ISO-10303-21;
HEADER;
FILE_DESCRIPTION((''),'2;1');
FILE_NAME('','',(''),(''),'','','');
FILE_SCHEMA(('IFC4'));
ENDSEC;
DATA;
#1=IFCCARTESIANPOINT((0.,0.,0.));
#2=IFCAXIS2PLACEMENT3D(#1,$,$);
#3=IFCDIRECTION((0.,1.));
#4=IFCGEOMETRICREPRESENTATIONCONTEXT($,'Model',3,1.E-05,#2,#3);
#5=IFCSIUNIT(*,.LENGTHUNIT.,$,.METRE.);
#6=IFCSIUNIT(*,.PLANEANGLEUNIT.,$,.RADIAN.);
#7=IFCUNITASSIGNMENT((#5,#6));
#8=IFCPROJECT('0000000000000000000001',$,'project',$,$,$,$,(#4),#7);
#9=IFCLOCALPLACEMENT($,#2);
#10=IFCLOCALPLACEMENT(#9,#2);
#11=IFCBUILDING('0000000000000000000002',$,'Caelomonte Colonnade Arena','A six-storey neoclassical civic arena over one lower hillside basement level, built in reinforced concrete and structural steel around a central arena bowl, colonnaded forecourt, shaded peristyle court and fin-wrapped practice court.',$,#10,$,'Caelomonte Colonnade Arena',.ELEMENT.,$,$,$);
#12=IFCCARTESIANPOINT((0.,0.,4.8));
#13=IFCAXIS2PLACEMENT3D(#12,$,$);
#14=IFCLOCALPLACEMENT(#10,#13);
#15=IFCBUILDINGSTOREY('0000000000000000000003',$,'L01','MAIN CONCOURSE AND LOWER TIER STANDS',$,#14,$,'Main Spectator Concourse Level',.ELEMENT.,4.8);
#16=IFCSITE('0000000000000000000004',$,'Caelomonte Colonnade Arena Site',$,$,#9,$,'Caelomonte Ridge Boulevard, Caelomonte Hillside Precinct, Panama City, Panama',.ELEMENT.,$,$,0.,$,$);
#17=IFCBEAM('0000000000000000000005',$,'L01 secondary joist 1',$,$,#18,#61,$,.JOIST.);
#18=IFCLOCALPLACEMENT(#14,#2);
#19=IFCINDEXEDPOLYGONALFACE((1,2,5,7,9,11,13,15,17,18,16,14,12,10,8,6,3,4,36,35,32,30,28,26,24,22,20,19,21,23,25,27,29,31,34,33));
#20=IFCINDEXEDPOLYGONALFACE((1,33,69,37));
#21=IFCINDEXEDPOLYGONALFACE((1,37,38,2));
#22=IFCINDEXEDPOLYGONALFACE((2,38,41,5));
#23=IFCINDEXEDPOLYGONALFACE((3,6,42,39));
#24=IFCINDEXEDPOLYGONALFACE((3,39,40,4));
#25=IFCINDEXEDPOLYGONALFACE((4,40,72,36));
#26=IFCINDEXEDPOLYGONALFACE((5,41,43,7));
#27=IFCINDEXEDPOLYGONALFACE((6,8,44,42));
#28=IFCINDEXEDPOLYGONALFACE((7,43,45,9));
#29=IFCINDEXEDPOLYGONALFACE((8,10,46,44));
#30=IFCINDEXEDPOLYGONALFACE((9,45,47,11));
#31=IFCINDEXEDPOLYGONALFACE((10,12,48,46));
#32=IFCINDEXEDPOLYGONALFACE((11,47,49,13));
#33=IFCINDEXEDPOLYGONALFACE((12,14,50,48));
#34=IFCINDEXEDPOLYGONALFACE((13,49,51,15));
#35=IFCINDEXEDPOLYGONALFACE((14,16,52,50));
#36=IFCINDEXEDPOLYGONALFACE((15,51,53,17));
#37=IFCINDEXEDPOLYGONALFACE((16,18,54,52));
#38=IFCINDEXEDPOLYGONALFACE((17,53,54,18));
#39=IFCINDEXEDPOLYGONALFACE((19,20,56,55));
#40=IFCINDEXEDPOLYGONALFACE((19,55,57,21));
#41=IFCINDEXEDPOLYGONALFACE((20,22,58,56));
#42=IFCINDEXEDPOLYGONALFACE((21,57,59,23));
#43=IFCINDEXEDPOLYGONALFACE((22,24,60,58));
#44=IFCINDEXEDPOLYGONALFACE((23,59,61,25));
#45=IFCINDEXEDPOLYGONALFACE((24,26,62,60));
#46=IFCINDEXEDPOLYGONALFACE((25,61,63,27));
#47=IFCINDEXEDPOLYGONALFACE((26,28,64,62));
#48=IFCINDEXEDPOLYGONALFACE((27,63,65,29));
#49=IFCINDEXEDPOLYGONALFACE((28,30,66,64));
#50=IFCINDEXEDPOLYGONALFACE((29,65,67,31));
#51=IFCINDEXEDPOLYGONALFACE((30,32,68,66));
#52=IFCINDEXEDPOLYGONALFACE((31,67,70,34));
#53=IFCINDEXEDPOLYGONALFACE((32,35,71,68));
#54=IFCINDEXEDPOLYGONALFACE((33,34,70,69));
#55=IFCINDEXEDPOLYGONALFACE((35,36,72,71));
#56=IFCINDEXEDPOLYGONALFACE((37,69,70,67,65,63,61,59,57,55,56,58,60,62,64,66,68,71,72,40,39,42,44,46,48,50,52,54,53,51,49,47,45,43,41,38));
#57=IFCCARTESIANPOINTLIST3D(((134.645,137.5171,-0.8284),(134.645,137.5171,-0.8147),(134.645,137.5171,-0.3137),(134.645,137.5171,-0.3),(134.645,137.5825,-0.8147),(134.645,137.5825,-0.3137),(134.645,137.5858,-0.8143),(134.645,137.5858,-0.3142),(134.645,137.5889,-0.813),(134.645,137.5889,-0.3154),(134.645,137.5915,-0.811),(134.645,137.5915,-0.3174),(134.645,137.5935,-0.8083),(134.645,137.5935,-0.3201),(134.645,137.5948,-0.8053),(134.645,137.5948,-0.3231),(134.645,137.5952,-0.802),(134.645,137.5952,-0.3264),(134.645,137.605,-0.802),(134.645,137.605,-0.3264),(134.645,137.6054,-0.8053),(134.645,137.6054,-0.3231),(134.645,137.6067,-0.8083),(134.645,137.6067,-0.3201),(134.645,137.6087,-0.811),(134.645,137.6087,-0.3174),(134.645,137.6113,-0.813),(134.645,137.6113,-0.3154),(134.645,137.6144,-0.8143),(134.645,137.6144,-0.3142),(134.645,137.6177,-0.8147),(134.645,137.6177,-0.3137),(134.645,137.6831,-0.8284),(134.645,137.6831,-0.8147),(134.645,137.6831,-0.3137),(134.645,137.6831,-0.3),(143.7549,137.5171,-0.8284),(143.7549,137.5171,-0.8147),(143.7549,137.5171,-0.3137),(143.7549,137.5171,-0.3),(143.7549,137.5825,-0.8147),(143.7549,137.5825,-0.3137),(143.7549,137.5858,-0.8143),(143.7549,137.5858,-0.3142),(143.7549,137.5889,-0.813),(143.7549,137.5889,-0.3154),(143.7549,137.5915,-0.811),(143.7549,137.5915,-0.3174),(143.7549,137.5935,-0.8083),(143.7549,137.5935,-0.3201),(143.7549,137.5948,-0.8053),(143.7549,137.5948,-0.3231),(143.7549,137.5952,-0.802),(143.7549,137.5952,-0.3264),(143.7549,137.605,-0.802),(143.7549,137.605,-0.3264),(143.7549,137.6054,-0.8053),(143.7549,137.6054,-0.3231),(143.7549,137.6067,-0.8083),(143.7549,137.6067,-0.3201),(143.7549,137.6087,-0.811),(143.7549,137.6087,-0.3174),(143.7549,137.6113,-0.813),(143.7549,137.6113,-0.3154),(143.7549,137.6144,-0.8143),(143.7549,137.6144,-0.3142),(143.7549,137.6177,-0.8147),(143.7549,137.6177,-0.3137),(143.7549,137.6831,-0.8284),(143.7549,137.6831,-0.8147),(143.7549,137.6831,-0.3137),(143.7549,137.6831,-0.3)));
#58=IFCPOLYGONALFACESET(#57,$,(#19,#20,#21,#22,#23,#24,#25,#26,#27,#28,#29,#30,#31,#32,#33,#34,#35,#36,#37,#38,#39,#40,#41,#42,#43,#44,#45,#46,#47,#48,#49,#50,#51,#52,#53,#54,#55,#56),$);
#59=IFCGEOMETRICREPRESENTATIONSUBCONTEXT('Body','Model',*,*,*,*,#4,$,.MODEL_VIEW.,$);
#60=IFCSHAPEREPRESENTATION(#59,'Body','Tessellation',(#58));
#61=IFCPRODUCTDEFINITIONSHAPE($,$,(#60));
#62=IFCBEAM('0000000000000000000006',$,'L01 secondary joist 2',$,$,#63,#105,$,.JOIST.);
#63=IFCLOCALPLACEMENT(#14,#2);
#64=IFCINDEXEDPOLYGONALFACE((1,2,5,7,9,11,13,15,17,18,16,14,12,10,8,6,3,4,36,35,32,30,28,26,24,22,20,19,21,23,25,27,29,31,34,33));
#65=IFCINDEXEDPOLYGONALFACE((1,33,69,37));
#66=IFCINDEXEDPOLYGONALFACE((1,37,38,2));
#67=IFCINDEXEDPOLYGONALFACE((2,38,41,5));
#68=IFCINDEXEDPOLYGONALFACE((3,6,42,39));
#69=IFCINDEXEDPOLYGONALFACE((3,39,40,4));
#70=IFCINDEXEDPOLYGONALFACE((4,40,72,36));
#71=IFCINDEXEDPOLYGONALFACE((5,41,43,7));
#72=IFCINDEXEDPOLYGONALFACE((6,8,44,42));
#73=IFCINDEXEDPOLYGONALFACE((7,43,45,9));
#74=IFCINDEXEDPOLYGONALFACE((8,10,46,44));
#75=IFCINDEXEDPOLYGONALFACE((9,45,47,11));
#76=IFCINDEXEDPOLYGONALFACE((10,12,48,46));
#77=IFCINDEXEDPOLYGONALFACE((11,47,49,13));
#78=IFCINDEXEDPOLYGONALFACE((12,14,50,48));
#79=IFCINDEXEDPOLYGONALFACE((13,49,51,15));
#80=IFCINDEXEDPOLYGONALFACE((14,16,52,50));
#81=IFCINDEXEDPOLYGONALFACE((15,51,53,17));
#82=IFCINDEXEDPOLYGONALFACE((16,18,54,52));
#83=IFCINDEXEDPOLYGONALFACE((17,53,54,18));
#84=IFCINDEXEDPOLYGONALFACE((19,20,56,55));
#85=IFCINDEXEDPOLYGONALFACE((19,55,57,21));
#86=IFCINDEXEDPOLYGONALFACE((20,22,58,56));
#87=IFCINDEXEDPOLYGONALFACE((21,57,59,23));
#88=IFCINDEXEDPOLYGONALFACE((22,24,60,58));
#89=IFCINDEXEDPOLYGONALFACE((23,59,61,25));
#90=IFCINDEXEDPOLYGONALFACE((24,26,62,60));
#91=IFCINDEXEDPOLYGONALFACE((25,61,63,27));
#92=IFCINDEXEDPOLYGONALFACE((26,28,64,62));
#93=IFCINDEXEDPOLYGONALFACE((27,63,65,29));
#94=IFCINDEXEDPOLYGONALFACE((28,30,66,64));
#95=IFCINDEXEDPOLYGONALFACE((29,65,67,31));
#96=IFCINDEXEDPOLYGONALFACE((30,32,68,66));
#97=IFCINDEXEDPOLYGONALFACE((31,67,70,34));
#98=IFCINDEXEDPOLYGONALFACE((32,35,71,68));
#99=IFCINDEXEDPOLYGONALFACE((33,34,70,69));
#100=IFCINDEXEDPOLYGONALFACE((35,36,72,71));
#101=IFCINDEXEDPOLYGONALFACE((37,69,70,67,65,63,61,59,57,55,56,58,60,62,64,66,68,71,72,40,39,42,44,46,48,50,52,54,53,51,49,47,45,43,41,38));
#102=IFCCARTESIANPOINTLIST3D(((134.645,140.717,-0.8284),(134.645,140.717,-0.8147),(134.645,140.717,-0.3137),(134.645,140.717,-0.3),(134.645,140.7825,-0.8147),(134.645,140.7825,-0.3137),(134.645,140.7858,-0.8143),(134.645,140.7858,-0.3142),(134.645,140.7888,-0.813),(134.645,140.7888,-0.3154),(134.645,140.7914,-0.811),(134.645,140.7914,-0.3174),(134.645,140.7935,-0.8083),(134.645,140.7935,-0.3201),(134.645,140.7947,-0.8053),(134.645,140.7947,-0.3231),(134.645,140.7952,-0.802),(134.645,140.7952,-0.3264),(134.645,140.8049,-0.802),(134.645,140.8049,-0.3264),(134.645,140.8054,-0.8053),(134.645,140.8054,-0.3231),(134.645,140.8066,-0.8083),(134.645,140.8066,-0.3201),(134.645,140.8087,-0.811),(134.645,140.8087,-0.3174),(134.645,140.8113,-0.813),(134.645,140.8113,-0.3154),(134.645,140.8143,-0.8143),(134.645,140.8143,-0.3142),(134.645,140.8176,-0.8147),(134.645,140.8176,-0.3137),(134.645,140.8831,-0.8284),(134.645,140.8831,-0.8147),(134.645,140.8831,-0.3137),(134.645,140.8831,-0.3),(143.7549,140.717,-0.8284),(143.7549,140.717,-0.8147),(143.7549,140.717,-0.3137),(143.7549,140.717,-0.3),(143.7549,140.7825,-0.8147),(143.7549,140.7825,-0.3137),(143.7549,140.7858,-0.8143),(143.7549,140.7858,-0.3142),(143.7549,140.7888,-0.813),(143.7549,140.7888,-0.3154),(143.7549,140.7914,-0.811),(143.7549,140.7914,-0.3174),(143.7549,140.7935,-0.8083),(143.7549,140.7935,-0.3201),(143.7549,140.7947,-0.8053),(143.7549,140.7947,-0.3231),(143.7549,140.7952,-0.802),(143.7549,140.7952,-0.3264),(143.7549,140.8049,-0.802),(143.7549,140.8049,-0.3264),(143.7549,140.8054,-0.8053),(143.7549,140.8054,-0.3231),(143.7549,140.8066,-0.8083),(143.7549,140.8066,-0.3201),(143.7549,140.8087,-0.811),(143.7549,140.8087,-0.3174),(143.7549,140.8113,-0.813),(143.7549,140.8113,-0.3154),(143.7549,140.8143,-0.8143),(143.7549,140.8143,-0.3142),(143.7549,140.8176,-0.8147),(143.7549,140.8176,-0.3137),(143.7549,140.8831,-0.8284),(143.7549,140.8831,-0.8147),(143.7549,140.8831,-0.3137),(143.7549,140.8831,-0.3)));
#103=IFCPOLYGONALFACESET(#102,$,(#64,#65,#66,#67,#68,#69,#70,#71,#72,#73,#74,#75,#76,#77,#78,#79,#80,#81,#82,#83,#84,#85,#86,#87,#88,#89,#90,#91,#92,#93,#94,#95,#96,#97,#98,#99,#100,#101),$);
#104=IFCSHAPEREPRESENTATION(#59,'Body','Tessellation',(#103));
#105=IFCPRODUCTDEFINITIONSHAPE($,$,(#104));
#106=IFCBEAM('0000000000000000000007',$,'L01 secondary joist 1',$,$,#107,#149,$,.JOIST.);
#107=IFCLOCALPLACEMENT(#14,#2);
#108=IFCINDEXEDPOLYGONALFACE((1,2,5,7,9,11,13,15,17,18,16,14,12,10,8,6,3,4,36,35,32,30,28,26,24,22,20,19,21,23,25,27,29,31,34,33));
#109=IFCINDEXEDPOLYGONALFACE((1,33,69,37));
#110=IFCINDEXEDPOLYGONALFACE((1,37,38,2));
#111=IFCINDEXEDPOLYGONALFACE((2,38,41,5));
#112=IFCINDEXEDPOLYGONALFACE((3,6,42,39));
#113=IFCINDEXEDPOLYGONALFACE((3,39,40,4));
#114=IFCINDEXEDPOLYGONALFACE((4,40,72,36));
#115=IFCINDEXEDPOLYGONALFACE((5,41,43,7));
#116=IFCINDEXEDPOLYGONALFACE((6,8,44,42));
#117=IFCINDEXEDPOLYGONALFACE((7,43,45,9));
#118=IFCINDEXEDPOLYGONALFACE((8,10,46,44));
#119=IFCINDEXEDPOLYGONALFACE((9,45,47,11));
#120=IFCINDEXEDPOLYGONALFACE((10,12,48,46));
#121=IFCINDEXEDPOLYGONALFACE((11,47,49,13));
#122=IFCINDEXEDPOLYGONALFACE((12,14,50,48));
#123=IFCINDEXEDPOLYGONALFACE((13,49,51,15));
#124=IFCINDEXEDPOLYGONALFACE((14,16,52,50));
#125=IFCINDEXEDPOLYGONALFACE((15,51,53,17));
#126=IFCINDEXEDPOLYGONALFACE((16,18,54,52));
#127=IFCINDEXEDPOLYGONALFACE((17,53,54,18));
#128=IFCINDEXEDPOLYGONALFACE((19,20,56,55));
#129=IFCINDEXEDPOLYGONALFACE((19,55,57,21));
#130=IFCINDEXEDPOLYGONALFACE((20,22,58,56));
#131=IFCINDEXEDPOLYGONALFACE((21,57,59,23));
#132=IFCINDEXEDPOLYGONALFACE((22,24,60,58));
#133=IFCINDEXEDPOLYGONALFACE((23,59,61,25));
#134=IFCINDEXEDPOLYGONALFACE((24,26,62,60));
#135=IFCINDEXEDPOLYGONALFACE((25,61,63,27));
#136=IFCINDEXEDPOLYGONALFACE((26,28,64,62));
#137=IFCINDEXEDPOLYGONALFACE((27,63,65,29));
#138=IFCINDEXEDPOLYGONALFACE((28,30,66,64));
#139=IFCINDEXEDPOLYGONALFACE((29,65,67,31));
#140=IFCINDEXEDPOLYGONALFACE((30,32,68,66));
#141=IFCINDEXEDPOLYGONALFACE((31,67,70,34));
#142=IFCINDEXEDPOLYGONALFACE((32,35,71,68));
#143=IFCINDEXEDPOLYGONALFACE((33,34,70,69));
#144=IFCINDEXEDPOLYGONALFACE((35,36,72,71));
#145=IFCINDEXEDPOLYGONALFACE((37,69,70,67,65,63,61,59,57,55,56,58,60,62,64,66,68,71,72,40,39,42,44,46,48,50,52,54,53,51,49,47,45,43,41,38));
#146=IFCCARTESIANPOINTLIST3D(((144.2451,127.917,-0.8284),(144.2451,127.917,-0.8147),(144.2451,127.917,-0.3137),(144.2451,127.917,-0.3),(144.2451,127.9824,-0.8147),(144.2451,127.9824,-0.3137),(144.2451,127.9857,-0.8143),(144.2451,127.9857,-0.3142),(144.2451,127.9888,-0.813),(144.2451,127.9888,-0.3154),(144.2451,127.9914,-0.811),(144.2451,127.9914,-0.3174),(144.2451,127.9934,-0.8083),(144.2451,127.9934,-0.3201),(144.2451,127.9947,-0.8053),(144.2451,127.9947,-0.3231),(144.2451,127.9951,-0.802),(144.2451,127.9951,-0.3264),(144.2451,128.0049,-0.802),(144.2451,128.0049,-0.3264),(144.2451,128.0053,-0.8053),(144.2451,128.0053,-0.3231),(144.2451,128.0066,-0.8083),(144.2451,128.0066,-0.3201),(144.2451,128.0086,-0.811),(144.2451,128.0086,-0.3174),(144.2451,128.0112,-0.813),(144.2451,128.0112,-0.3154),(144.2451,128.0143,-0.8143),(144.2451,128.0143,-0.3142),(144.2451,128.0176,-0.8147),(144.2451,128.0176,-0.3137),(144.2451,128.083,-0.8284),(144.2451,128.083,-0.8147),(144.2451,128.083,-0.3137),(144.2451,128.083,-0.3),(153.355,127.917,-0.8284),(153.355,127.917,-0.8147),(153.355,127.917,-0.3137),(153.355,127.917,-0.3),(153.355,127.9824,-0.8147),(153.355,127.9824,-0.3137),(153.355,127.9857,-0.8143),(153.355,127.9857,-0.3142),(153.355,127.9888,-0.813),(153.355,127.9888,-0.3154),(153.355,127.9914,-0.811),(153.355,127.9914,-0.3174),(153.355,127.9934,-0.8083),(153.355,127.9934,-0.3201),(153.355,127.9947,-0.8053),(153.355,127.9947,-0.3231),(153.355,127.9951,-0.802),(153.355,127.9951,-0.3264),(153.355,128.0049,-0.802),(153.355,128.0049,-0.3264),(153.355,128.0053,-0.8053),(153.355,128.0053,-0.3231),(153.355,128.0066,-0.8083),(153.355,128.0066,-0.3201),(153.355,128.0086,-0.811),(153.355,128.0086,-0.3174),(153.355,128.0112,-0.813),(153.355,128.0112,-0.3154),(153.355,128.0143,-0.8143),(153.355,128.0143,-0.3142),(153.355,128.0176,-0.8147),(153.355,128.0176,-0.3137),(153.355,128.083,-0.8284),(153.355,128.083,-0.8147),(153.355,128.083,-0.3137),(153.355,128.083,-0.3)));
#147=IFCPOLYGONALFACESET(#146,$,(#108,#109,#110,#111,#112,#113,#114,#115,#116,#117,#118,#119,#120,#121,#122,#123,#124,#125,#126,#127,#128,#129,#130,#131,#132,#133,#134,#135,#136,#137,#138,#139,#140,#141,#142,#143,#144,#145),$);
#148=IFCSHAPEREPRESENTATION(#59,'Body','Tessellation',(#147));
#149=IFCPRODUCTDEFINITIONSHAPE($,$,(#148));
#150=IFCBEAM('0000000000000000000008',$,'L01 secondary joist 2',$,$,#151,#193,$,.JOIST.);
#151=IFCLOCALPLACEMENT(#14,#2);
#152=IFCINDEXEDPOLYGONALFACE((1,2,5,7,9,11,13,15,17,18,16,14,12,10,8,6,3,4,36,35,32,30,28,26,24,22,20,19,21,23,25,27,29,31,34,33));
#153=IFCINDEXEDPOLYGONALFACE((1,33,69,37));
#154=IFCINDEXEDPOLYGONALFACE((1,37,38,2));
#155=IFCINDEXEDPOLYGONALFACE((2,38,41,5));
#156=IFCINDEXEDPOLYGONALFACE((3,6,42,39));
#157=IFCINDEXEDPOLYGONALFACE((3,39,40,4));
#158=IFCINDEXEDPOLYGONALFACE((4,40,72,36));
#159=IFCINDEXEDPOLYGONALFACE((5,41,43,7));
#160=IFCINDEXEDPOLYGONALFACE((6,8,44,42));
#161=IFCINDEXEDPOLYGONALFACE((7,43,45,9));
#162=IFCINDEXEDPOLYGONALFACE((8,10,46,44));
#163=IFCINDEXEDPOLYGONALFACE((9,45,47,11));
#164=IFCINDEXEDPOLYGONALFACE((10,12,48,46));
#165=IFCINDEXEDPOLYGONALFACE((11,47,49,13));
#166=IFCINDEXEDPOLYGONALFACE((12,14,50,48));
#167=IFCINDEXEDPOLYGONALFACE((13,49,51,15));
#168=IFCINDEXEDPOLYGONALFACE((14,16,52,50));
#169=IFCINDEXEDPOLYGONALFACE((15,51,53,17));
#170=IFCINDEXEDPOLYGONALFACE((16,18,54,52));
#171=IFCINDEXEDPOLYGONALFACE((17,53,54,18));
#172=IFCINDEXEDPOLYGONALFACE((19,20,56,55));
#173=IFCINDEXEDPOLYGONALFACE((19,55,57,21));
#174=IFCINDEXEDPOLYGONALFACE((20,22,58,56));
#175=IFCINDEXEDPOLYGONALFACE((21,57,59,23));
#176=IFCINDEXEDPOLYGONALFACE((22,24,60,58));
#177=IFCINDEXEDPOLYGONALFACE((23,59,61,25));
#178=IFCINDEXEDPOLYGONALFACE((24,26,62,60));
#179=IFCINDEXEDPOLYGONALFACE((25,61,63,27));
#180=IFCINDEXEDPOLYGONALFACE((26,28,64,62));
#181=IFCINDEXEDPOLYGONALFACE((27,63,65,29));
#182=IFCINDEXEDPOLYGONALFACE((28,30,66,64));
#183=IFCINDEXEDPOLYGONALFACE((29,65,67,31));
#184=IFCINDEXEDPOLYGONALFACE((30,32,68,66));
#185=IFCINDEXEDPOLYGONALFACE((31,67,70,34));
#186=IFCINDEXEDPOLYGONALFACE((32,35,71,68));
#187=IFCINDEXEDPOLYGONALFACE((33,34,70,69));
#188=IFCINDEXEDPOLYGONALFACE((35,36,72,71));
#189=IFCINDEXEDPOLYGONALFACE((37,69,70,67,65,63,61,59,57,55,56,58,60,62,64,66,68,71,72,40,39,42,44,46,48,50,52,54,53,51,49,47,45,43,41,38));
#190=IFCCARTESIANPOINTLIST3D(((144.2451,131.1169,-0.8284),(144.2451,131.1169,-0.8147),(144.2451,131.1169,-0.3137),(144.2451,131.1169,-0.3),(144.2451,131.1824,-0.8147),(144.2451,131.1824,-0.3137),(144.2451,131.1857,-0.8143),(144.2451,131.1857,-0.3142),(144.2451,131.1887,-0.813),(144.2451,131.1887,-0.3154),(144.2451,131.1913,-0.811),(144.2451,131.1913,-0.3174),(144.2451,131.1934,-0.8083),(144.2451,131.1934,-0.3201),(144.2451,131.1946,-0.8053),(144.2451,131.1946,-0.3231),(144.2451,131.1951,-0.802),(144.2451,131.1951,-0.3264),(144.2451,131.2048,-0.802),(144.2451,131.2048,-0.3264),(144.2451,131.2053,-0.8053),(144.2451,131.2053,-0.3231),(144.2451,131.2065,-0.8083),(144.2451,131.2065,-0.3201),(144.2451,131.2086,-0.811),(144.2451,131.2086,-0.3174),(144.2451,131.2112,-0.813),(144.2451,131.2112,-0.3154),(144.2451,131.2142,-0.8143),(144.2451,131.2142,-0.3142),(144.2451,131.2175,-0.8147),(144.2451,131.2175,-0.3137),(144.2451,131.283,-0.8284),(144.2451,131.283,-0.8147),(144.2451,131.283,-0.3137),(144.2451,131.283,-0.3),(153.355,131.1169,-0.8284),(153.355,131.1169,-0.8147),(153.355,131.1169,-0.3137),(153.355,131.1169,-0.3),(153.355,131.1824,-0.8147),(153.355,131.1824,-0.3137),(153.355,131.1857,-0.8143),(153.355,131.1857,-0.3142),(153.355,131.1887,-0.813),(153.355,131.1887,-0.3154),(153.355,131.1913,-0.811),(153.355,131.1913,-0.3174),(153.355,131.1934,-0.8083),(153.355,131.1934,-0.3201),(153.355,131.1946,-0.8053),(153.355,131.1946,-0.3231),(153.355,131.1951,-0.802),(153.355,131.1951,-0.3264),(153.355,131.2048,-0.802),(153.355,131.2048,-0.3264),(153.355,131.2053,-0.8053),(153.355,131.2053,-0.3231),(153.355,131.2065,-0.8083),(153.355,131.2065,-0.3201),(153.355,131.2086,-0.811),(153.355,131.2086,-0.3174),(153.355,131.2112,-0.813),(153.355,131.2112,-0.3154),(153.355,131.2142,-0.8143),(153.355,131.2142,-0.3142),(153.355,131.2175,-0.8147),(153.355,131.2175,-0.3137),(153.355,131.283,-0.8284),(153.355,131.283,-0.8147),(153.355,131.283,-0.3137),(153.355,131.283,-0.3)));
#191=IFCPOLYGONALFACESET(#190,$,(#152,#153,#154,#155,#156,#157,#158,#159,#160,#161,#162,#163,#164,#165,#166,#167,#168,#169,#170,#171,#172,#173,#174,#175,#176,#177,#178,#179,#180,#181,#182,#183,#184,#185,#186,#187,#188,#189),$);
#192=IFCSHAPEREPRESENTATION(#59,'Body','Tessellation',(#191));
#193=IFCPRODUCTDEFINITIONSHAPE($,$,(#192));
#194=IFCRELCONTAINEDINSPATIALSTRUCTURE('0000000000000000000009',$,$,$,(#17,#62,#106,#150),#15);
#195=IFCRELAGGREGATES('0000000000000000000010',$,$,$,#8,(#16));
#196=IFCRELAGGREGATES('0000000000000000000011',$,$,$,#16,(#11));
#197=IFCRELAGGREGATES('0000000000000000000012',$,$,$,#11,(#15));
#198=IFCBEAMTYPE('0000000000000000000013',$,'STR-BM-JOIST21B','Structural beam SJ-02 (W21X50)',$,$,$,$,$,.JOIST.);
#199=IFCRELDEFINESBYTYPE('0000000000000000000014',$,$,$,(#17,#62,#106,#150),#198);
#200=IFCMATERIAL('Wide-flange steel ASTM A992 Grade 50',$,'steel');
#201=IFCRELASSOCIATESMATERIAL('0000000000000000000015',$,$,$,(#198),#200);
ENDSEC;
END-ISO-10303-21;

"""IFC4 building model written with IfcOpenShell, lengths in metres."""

from ifc_helpers import new_model, si_unit, direction, frame, origin, origin_2d, place, context, subcontext, project, spatial, i_section, extrude, material, material_profile, profile_set, type_object, element, save


model = new_model("IFC4")

# Units and contexts
model_context = context("Model", 3, precision=1e-05, world=origin(), true_north=direction((0.0, 1.0)))
body_context = subcontext(model_context, "Body", "Model", "MODEL_VIEW")
ifc_project = project(units=[si_unit("LENGTHUNIT", "METRE"), si_unit("PLANEANGLEUNIT", "RADIAN")], contexts=[model_context])

# Site, building, storey
site_placement = place(None, origin())
site = spatial("IfcSite", under=ifc_project, at=site_placement, Name="Caelomonte Colonnade Arena Site", LongName="Caelomonte Ridge Boulevard, Caelomonte Hillside Precinct, Panama City, Panama", CompositionType="ELEMENT", RefElevation=0.0)
building_placement = place(site_placement, origin())
building = spatial("IfcBuilding", under=site, at=building_placement, Name="Caelomonte Colonnade Arena", Description="A six-storey neoclassical civic arena over one lower hillside basement level, built in reinforced concrete and structural steel around a central arena bowl, colonnaded forecourt, shaded peristyle court and fin-wrapped practice court.", LongName="Caelomonte Colonnade Arena", CompositionType="ELEMENT")
storey_placement = place(building_placement, frame((0.0, 0.0, 4.8)))
storey = spatial("IfcBuildingStorey", under=building, at=storey_placement, Name="L01", Description="MAIN CONCOURSE AND LOWER TIER STANDS", LongName="Main Spectator Concourse Level", CompositionType="ELEMENT", Elevation=4.8)

# Beams
ifc_material_1 = material(Name="Wide-flange steel ASTM A992 Grade 50", Category="steel")
ifc_material_profile_1 = material_profile(ifc_material_1, i_section(OverallWidth=0.166, OverallDepth=0.5283, WebThickness=0.0098, FlangeThickness=0.0137, FilletRadius=0.0127, at=origin_2d()), Name="W21X50")
ifc_profile_set_1 = profile_set([ifc_material_profile_1], Name="Wide-flange steel ASTM A992 Grade 50")
beam_type_1 = type_object("IfcBeamType", Name="STR-BM-JOIST21B", Description="Structural beam SJ-02 (W21X50)", PredefinedType="JOIST", material=ifc_profile_set_1)
for number, where, z_axis, x_axis, name in (
    (1, (134.645, 137.6001, -0.5642), (1.0, 0.0, 0.0), (0.0, 1.0, 0.0), "L01 secondary joist 1"),
    (2, (134.645, 140.8, -0.5642), (1.0, 0.0, 0.0), (0.0, 1.0, 0.0), "L01 secondary joist 2"),
    (3, (144.2451, 128.0, -0.5642), (1.0, 0.0, 0.0), (0.0, 1.0, 0.0), "L01 secondary joist 1"),
    (4, (144.2451, 131.2, -0.5642), (1.0, 0.0, 0.0), (0.0, 1.0, 0.0), "L01 secondary joist 2"),
):
    element("IfcBeam", number, at=place(storey_placement, frame(where, z_axis=z_axis, x_axis=x_axis)), inside=storey, type_object=beam_type_1, Name=name, PredefinedType="JOIST", context=body_context, shape_type="SweptSolid", body=[
        extrude(i_section(OverallWidth=0.166, OverallDepth=0.5283, WebThickness=0.0098, FlangeThickness=0.0137, FilletRadius=0.0127, at=origin_2d()), origin(), (0.0, 0.0, 1.0), 9.1099),
    ])

save(model, "model.ifc")
